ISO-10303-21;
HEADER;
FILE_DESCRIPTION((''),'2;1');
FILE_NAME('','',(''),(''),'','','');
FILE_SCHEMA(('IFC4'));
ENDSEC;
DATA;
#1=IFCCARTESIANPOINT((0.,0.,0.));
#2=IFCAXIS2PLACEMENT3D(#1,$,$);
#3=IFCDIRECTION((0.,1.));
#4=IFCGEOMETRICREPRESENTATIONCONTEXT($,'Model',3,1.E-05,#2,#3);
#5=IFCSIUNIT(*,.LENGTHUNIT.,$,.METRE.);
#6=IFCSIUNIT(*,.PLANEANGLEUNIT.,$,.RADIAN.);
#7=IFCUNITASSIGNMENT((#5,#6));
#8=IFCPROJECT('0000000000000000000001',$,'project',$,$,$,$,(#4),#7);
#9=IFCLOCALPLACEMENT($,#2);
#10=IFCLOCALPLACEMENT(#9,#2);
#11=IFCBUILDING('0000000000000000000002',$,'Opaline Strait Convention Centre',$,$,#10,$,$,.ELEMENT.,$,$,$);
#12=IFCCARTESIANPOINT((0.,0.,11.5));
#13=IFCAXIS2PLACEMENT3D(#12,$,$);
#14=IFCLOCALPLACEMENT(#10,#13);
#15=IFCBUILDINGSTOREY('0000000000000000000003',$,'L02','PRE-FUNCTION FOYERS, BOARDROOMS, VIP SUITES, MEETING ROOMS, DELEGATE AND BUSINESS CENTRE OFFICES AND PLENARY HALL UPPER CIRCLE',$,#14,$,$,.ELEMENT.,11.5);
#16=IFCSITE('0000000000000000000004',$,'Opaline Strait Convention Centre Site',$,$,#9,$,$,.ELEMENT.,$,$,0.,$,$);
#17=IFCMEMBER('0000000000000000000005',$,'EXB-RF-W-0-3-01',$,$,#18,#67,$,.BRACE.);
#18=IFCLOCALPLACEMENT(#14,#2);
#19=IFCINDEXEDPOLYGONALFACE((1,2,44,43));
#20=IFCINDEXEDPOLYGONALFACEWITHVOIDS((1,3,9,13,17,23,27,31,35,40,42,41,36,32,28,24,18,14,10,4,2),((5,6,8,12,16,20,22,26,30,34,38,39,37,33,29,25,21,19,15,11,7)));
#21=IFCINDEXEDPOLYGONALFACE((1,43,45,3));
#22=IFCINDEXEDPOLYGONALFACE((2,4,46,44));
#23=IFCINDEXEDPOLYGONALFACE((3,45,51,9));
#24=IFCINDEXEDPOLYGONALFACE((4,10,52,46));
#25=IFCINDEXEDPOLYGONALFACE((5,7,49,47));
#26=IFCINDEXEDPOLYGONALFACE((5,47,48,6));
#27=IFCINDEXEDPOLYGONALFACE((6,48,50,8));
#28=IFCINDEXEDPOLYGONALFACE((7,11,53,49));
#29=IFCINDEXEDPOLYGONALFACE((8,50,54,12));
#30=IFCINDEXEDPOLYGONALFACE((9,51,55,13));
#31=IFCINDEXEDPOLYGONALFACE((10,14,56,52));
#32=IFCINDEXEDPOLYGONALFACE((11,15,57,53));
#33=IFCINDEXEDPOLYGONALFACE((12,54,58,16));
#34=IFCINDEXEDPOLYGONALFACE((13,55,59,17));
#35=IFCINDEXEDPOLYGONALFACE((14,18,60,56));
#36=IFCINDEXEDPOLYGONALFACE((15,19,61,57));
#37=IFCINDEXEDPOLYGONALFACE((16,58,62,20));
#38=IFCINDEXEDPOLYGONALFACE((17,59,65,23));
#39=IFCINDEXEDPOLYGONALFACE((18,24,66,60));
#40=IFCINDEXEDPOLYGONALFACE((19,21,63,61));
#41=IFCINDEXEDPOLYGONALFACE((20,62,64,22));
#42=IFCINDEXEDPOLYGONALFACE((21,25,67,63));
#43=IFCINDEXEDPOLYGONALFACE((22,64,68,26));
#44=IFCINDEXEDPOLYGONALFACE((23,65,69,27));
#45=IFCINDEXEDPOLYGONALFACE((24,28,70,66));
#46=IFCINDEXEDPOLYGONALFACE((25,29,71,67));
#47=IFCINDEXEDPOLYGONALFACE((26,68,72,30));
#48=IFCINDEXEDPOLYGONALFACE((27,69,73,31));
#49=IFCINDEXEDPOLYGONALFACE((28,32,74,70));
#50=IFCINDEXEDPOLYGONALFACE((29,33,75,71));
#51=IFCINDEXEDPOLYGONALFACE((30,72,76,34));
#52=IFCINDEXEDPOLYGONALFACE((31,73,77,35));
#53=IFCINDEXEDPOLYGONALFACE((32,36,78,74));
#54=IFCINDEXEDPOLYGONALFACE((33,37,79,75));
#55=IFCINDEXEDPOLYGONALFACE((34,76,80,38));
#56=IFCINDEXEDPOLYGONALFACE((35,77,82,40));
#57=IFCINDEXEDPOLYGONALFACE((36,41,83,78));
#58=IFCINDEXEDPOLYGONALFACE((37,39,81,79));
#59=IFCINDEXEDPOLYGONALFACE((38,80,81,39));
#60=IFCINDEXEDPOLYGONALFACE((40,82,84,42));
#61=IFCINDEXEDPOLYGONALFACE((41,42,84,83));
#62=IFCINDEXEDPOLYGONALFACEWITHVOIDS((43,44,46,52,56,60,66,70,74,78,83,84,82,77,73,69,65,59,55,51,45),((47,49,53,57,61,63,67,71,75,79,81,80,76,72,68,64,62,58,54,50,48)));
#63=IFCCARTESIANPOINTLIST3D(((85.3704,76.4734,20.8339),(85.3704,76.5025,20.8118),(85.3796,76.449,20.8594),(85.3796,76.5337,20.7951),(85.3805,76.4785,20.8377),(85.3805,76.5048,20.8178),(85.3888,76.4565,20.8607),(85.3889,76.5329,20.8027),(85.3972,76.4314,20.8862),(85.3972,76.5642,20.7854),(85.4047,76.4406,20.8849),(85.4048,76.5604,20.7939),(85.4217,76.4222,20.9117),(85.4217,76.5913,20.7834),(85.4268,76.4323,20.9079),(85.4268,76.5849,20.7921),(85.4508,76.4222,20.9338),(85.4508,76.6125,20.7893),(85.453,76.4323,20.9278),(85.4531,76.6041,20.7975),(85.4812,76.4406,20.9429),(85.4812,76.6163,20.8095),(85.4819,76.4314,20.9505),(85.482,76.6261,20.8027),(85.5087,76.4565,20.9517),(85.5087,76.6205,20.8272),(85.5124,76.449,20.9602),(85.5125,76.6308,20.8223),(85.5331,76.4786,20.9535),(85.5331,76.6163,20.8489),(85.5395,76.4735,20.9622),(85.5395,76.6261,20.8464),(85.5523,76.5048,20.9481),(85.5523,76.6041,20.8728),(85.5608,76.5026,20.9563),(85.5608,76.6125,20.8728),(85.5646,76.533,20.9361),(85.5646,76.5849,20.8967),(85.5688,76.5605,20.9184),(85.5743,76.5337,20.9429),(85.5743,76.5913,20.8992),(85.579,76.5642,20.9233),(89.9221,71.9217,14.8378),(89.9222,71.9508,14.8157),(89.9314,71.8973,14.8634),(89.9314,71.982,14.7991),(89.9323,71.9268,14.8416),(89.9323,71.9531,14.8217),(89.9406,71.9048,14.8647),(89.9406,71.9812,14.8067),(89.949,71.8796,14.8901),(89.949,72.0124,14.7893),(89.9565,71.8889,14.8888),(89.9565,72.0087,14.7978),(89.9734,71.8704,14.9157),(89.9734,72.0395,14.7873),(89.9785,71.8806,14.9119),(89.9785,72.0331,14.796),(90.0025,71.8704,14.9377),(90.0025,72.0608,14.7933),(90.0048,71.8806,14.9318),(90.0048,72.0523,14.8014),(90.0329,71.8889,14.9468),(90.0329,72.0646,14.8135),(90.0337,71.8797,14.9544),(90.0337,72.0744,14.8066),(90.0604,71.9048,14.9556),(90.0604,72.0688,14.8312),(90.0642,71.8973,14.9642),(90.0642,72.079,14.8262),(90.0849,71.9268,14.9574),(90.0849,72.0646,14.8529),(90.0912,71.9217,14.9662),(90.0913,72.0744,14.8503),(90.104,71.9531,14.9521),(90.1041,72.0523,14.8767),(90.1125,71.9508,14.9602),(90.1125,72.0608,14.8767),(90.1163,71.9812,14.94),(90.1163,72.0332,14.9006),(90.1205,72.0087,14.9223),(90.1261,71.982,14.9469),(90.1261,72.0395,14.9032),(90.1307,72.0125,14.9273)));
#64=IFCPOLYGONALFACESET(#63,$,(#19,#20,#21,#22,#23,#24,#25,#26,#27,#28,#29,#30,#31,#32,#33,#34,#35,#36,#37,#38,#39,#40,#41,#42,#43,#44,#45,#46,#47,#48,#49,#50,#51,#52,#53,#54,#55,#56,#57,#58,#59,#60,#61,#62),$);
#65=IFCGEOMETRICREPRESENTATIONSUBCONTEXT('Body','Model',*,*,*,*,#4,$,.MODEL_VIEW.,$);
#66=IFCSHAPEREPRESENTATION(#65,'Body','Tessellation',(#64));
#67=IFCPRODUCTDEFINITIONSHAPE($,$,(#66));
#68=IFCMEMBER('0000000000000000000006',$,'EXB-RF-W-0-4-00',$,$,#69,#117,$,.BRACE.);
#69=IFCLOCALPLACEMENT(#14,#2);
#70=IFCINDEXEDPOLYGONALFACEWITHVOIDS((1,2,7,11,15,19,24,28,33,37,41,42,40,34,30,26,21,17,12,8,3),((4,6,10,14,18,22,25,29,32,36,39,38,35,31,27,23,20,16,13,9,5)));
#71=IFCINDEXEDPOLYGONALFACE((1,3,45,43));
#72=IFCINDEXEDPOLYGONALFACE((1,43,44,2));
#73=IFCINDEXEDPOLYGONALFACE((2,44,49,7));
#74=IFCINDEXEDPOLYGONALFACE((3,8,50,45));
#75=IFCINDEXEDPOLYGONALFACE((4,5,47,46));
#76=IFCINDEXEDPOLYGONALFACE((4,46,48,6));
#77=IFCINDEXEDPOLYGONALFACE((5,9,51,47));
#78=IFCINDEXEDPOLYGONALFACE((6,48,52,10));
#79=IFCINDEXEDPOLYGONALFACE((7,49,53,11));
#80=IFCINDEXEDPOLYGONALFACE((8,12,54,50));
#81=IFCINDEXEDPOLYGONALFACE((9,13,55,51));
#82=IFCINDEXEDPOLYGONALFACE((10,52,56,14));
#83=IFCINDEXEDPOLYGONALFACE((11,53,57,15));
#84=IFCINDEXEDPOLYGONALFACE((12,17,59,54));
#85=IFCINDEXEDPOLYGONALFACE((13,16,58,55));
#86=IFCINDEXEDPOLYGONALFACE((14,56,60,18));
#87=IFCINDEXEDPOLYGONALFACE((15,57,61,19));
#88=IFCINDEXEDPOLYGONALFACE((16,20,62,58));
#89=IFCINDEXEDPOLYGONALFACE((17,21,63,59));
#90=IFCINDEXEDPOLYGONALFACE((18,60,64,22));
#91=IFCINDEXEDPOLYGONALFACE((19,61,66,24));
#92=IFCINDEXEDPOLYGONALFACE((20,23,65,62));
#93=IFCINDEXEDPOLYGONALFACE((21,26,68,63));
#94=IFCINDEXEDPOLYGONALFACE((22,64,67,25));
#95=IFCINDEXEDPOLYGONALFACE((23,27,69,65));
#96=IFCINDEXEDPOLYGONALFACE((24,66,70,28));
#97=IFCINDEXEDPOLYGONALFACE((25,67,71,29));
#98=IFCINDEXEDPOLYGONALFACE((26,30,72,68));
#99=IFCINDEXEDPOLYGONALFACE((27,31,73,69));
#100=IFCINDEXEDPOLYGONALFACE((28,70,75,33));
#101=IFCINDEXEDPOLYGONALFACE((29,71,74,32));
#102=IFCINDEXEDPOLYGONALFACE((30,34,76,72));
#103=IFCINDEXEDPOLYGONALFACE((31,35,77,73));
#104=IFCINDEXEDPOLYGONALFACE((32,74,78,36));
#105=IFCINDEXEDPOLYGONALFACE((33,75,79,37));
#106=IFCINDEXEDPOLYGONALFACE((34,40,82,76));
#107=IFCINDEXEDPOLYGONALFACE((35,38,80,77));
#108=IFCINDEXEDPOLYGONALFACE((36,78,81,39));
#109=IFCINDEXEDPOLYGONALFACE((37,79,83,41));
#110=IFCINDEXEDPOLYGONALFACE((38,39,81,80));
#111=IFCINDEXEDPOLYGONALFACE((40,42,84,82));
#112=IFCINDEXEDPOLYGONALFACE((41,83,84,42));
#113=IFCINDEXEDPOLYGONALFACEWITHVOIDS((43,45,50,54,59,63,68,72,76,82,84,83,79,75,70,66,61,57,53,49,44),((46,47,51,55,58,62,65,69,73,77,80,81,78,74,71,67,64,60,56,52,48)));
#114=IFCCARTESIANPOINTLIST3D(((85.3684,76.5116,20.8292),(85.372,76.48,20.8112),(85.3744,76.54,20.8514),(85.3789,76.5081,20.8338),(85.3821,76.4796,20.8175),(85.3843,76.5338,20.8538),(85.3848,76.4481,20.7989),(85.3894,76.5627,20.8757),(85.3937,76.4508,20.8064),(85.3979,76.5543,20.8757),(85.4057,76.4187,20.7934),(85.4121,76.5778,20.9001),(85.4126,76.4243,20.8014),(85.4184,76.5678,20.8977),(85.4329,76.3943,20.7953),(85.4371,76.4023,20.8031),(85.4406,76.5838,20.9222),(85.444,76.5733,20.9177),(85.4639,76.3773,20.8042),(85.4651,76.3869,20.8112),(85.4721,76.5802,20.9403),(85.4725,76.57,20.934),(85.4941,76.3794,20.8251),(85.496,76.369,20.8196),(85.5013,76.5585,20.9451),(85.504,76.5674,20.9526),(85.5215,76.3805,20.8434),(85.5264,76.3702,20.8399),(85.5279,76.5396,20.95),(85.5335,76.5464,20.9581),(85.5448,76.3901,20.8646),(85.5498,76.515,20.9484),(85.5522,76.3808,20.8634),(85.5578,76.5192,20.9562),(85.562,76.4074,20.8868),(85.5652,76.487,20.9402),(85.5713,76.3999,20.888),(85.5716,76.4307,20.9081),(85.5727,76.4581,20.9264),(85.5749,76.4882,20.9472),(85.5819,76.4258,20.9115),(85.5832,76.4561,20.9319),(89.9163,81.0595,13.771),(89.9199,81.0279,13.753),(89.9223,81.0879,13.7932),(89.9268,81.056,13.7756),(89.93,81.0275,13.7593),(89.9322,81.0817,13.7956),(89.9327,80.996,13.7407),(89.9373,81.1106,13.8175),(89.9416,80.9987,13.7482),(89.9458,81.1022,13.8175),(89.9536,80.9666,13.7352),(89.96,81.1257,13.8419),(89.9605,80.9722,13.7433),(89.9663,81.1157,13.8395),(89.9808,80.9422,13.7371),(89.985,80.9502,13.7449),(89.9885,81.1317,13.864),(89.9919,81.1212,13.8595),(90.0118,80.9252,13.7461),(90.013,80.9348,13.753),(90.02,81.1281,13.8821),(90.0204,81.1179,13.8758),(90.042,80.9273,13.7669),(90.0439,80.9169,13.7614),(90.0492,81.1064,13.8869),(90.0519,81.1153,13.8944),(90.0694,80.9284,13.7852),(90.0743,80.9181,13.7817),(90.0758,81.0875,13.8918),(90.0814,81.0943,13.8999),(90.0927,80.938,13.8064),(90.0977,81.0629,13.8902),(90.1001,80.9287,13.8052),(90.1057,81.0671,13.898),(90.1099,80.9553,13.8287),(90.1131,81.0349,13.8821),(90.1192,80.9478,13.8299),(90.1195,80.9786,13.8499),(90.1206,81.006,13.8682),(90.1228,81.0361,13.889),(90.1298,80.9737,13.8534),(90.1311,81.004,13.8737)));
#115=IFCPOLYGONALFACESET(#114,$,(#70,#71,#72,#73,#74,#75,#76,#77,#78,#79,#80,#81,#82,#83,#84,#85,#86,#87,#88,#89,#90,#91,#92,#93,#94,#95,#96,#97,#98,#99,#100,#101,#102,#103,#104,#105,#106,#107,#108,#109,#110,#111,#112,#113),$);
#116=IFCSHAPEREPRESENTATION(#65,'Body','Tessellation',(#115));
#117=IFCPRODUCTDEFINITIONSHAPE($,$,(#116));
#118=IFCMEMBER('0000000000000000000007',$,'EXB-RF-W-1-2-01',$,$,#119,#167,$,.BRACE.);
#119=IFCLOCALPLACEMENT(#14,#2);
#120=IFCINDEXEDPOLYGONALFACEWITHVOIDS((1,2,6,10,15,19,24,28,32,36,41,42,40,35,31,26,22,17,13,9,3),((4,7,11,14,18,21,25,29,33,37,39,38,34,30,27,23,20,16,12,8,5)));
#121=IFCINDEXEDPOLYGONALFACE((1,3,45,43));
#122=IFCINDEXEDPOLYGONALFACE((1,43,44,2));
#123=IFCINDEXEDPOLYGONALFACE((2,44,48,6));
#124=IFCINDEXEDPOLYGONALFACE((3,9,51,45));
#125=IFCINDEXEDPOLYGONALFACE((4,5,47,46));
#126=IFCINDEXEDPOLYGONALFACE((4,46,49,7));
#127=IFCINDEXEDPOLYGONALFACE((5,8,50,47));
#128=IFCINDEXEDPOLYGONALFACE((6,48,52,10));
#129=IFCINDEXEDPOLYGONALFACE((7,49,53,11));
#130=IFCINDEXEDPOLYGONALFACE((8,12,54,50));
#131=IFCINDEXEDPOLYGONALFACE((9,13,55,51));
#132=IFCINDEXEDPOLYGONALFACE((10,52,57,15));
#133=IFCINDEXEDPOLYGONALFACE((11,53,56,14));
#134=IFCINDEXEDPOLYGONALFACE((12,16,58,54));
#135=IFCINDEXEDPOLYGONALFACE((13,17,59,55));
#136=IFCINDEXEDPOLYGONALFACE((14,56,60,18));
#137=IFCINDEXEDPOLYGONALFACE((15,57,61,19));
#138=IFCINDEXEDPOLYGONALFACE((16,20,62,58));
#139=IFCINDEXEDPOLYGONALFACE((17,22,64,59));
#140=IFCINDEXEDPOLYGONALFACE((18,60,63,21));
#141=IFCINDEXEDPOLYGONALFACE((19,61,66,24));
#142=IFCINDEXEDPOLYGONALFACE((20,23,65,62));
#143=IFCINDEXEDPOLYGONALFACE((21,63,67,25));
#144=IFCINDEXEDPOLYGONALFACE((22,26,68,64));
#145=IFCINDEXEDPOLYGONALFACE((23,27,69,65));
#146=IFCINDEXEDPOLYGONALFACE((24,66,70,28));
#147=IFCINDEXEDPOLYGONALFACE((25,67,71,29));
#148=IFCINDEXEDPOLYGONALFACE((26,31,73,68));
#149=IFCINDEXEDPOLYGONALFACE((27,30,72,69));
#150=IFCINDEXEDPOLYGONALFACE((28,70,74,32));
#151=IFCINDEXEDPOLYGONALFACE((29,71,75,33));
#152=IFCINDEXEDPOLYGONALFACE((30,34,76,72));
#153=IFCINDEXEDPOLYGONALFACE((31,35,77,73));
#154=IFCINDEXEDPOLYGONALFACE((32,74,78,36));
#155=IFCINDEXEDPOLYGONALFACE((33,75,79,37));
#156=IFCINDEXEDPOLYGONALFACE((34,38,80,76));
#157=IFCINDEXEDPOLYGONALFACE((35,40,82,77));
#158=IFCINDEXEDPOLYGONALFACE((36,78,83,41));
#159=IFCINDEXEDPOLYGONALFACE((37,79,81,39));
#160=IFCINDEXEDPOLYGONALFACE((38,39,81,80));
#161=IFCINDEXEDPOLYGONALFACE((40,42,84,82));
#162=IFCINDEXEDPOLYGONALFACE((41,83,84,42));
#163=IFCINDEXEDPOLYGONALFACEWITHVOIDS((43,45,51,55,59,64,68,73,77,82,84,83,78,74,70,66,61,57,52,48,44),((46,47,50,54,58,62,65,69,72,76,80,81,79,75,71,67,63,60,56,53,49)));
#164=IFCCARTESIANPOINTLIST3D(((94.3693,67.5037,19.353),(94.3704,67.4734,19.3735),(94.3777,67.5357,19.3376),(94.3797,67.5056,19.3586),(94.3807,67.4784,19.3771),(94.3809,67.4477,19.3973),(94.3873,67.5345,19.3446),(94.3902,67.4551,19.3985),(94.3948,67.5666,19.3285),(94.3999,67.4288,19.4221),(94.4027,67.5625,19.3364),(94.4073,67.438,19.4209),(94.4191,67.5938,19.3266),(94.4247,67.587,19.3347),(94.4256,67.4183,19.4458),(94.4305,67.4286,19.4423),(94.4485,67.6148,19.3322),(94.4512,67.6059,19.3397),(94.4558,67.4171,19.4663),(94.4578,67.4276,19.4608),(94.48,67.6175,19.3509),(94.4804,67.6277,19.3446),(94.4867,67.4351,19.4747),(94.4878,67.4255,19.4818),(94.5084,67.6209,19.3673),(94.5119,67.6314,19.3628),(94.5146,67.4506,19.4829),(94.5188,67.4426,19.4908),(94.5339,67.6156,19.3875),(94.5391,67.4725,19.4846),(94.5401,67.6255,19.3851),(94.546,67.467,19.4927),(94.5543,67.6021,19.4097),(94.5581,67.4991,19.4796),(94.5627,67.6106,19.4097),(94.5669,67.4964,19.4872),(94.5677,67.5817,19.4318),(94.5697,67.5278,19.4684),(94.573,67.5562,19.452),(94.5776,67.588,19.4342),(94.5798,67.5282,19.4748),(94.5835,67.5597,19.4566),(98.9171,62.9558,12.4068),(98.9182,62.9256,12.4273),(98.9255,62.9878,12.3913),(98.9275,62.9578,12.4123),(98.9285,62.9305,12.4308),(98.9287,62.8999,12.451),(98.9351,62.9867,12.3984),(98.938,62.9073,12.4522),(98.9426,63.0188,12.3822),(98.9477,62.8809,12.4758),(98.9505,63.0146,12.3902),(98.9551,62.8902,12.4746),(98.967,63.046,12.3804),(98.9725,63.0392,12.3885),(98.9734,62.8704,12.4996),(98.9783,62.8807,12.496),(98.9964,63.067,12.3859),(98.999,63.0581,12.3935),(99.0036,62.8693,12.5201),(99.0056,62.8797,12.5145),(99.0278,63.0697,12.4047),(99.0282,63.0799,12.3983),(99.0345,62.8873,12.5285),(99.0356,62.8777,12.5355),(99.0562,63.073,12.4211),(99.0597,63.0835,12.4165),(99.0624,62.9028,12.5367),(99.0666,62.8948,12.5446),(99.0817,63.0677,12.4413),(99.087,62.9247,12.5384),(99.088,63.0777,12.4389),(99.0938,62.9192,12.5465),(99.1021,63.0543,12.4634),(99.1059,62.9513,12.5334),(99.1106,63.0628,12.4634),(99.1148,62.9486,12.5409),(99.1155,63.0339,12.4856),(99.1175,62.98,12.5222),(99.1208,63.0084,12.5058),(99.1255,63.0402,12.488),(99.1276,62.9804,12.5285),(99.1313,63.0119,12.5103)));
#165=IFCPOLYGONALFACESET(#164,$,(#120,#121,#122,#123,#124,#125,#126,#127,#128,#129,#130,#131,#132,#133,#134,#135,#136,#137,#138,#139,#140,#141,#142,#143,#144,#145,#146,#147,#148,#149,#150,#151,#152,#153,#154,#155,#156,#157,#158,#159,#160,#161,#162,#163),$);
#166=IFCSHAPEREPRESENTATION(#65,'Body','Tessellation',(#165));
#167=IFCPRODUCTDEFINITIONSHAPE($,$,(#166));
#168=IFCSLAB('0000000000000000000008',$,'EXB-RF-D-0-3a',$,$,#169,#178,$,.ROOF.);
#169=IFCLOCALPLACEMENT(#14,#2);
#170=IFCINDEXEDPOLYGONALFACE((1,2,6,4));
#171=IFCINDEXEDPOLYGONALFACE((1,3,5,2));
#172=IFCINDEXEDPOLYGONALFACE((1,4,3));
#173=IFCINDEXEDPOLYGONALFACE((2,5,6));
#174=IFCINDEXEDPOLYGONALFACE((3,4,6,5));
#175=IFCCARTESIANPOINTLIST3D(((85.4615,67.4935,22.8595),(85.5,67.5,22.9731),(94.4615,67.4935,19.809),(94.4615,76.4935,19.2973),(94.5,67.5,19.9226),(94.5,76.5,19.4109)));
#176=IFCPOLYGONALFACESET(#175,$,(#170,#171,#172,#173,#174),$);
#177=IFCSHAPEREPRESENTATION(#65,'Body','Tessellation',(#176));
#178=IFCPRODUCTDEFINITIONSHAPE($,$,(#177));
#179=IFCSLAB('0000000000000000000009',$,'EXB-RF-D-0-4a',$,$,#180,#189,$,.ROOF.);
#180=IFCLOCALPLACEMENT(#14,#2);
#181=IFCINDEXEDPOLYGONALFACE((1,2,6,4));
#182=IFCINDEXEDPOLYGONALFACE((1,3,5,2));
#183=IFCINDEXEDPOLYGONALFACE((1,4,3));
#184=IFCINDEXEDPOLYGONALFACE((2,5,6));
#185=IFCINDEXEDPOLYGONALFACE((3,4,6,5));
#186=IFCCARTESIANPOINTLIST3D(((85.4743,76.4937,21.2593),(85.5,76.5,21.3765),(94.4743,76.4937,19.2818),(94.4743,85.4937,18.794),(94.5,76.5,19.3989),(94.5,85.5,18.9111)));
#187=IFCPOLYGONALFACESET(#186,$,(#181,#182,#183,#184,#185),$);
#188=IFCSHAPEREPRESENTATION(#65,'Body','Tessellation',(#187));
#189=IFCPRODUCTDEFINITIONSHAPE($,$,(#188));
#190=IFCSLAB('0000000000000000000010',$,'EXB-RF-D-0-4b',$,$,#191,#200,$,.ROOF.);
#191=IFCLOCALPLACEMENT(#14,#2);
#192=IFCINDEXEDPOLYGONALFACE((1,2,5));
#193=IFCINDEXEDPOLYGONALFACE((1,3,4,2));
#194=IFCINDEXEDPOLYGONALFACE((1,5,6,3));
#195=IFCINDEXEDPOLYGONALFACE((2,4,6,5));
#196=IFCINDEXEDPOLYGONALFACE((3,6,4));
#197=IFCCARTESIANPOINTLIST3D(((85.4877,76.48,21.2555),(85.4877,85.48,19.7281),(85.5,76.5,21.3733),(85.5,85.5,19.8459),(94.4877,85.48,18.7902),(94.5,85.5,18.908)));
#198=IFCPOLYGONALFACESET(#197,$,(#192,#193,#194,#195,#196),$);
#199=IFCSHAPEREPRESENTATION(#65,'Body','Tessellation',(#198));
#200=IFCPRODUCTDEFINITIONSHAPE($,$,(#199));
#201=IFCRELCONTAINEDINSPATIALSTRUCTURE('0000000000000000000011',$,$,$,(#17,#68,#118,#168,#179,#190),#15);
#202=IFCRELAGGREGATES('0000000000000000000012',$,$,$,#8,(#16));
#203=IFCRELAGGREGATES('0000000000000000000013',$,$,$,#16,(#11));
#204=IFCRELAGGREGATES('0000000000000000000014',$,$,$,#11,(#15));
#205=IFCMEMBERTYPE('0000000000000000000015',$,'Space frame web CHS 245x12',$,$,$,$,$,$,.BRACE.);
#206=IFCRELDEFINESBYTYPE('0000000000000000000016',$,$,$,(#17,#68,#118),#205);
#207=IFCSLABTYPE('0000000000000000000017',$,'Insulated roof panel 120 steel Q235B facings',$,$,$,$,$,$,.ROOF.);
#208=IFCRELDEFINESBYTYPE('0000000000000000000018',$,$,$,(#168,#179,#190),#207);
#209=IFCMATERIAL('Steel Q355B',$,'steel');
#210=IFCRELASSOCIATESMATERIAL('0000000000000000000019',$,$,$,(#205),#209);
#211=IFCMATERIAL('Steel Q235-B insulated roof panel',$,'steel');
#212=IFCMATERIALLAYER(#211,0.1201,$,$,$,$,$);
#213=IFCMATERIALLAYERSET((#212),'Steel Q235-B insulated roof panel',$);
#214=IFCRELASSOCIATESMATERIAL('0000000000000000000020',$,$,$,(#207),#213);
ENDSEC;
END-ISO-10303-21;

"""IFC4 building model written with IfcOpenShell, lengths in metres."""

from ifc_helpers import new_model, si_unit, direction, frame, origin, origin_2d, place, context, subcontext, project, spatial, polyline, hollow_circle, outline, extrude, material, layer, layer_set, material_profile, profile_set, type_object, element, save


model = new_model("IFC4")

# Units and contexts
model_context = context("Model", 3, precision=1e-05, world=origin(), true_north=direction((0.0, 1.0)))
body_context = subcontext(model_context, "Body", "Model", "MODEL_VIEW")
ifc_project = project(units=[si_unit("LENGTHUNIT", "METRE"), si_unit("PLANEANGLEUNIT", "RADIAN")], contexts=[model_context])

# Site, building, storey
site_placement = place(None, origin())
site = spatial("IfcSite", under=ifc_project, at=site_placement, Name="Opaline Strait Convention Centre Site", CompositionType="ELEMENT", RefElevation=0.0)
building_placement = place(site_placement, origin())
building = spatial("IfcBuilding", under=site, at=building_placement, Name="Opaline Strait Convention Centre", CompositionType="ELEMENT")
storey_placement = place(building_placement, frame((0.0, 0.0, 11.5)))
storey = spatial("IfcBuildingStorey", under=building, at=storey_placement, Name="L02", Description="PRE-FUNCTION FOYERS, BOARDROOMS, VIP SUITES, MEETING ROOMS, DELEGATE AND BUSINESS CENTRE OFFICES AND PLENARY HALL UPPER CIRCLE", CompositionType="ELEMENT", Elevation=11.5)

# Members
ifc_material_1 = material(Name="Steel Q355B", Category="steel")
ifc_material_profile_1 = material_profile(ifc_material_1, hollow_circle(Radius=0.1226, WallThickness=0.012, at=origin_2d()), Name="CHS 245x12")
ifc_profile_set_1 = profile_set([ifc_material_profile_1], Name="Steel Q355B")
member_type_1 = type_object("IfcMemberType", Name="Space frame web CHS 245x12", PredefinedType="BRACE", material=ifc_profile_set_1)
member_1_placement = place(storey_placement, frame((85.4741, 76.5259, 20.8728), z_axis=(0.517412, -0.517412, -0.681594), x_axis=(0.707107, 0.707107, 0.0)))
element("IfcMember", 1, at=member_1_placement, inside=storey, type_object=member_type_1, Name="EXB-RF-W-0-3-01", PredefinedType="BRACE", context=body_context, shape_type="SweptSolid", body=[
    extrude(hollow_circle(Radius=0.1226, WallThickness=0.012, at=origin_2d()), origin(), (0.0, 0.0, 1.0), 8.7971),
])
member_2_placement = place(storey_placement, frame((85.4761, 76.4761, 20.8757), z_axis=(0.476266, 0.476266, -0.739149), x_axis=(-0.707107, 0.707107, 0.0)))
element("IfcMember", 2, at=member_2_placement, inside=storey, type_object=member_type_1, Name="EXB-RF-W-0-4-00", PredefinedType="BRACE", context=body_context, shape_type="SweptSolid", body=[
    extrude(hollow_circle(Radius=0.1226, WallThickness=0.012, at=origin_2d()), origin(), (0.0, 0.0, 1.0), 9.5491),
])
member_3_placement = place(storey_placement, frame((94.4761, 67.5239, 19.4097), z_axis=(0.480409, -0.480409, -0.733767), x_axis=(0.707107, 0.707107, 0.0)))
element("IfcMember", 3, at=member_3_placement, inside=storey, type_object=member_type_1, Name="EXB-RF-W-1-2-01", PredefinedType="BRACE", context=body_context, shape_type="SweptSolid", body=[
    extrude(hollow_circle(Radius=0.1226, WallThickness=0.012, at=origin_2d()), origin(), (0.0, 0.0, 1.0), 9.4666),
])

# Slabs
ifc_material_2 = material(Name="Steel Q235-B insulated roof panel", Category="steel")
ifc_layer_1 = layer(ifc_material_2, 0.1201)
ifc_layer_set_1 = layer_set([ifc_layer_1], Name="Steel Q235-B insulated roof panel")
slab_type = type_object("IfcSlabType", Name="Insulated roof panel 120 steel Q235B facings", PredefinedType="ROOF", material=ifc_layer_set_1)
slab_1_placement = place(storey_placement, frame((85.5, 67.5, 22.9731), z_axis=(0.320546, 0.053771, 0.945706), x_axis=(0.947076, 0.0, -0.32101)))
element("IfcSlab", 4, at=slab_1_placement, inside=storey, type_object=slab_type, Name="EXB-RF-D-0-3a", PredefinedType="ROOF", context=body_context, shape_type="SweptSolid", body=[
    extrude(outline(polyline([(0.0, 0.0), (9.5029, 0.0), (9.6672, 9.013), (0.0, 0.0)])), origin(), (0.0, 0.0, -1.0), 0.1201),
])
slab_2_placement = place(storey_placement, frame((85.5, 76.5, 21.3765), z_axis=(0.214307, 0.052862, 0.975335), x_axis=(0.9767, 0.0, -0.214607)))
element("IfcSlab", 5, at=slab_2_placement, inside=storey, type_object=slab_type, Name="EXB-RF-D-0-4a", PredefinedType="ROOF", context=body_context, shape_type="SweptSolid", body=[
    extrude(outline(polyline([(0.0, 0.0), (9.2147, 0.0), (9.3194, 9.0126), (0.0, 0.0)])), origin(), (0.0, 0.0, -1.0), 0.1201),
])
slab_3_placement = place(storey_placement, frame((85.5, 76.5, 21.3733), z_axis=(0.102214, 0.166436, 0.98074), x_axis=(0.694204, 0.694204, -0.19016)))
element("IfcSlab", 6, at=slab_3_placement, inside=storey, type_object=slab_type, Name="EXB-RF-D-0-4b", PredefinedType="ROOF", context=body_context, shape_type="SweptSolid", body=[
    extrude(outline(polyline([(0.0, 0.0), (12.9645, 0.0), (6.5383, 6.3705), (0.0, 0.0)])), origin(), (0.0, 0.0, -1.0), 0.1201),
])

save(model, "model.ifc")
